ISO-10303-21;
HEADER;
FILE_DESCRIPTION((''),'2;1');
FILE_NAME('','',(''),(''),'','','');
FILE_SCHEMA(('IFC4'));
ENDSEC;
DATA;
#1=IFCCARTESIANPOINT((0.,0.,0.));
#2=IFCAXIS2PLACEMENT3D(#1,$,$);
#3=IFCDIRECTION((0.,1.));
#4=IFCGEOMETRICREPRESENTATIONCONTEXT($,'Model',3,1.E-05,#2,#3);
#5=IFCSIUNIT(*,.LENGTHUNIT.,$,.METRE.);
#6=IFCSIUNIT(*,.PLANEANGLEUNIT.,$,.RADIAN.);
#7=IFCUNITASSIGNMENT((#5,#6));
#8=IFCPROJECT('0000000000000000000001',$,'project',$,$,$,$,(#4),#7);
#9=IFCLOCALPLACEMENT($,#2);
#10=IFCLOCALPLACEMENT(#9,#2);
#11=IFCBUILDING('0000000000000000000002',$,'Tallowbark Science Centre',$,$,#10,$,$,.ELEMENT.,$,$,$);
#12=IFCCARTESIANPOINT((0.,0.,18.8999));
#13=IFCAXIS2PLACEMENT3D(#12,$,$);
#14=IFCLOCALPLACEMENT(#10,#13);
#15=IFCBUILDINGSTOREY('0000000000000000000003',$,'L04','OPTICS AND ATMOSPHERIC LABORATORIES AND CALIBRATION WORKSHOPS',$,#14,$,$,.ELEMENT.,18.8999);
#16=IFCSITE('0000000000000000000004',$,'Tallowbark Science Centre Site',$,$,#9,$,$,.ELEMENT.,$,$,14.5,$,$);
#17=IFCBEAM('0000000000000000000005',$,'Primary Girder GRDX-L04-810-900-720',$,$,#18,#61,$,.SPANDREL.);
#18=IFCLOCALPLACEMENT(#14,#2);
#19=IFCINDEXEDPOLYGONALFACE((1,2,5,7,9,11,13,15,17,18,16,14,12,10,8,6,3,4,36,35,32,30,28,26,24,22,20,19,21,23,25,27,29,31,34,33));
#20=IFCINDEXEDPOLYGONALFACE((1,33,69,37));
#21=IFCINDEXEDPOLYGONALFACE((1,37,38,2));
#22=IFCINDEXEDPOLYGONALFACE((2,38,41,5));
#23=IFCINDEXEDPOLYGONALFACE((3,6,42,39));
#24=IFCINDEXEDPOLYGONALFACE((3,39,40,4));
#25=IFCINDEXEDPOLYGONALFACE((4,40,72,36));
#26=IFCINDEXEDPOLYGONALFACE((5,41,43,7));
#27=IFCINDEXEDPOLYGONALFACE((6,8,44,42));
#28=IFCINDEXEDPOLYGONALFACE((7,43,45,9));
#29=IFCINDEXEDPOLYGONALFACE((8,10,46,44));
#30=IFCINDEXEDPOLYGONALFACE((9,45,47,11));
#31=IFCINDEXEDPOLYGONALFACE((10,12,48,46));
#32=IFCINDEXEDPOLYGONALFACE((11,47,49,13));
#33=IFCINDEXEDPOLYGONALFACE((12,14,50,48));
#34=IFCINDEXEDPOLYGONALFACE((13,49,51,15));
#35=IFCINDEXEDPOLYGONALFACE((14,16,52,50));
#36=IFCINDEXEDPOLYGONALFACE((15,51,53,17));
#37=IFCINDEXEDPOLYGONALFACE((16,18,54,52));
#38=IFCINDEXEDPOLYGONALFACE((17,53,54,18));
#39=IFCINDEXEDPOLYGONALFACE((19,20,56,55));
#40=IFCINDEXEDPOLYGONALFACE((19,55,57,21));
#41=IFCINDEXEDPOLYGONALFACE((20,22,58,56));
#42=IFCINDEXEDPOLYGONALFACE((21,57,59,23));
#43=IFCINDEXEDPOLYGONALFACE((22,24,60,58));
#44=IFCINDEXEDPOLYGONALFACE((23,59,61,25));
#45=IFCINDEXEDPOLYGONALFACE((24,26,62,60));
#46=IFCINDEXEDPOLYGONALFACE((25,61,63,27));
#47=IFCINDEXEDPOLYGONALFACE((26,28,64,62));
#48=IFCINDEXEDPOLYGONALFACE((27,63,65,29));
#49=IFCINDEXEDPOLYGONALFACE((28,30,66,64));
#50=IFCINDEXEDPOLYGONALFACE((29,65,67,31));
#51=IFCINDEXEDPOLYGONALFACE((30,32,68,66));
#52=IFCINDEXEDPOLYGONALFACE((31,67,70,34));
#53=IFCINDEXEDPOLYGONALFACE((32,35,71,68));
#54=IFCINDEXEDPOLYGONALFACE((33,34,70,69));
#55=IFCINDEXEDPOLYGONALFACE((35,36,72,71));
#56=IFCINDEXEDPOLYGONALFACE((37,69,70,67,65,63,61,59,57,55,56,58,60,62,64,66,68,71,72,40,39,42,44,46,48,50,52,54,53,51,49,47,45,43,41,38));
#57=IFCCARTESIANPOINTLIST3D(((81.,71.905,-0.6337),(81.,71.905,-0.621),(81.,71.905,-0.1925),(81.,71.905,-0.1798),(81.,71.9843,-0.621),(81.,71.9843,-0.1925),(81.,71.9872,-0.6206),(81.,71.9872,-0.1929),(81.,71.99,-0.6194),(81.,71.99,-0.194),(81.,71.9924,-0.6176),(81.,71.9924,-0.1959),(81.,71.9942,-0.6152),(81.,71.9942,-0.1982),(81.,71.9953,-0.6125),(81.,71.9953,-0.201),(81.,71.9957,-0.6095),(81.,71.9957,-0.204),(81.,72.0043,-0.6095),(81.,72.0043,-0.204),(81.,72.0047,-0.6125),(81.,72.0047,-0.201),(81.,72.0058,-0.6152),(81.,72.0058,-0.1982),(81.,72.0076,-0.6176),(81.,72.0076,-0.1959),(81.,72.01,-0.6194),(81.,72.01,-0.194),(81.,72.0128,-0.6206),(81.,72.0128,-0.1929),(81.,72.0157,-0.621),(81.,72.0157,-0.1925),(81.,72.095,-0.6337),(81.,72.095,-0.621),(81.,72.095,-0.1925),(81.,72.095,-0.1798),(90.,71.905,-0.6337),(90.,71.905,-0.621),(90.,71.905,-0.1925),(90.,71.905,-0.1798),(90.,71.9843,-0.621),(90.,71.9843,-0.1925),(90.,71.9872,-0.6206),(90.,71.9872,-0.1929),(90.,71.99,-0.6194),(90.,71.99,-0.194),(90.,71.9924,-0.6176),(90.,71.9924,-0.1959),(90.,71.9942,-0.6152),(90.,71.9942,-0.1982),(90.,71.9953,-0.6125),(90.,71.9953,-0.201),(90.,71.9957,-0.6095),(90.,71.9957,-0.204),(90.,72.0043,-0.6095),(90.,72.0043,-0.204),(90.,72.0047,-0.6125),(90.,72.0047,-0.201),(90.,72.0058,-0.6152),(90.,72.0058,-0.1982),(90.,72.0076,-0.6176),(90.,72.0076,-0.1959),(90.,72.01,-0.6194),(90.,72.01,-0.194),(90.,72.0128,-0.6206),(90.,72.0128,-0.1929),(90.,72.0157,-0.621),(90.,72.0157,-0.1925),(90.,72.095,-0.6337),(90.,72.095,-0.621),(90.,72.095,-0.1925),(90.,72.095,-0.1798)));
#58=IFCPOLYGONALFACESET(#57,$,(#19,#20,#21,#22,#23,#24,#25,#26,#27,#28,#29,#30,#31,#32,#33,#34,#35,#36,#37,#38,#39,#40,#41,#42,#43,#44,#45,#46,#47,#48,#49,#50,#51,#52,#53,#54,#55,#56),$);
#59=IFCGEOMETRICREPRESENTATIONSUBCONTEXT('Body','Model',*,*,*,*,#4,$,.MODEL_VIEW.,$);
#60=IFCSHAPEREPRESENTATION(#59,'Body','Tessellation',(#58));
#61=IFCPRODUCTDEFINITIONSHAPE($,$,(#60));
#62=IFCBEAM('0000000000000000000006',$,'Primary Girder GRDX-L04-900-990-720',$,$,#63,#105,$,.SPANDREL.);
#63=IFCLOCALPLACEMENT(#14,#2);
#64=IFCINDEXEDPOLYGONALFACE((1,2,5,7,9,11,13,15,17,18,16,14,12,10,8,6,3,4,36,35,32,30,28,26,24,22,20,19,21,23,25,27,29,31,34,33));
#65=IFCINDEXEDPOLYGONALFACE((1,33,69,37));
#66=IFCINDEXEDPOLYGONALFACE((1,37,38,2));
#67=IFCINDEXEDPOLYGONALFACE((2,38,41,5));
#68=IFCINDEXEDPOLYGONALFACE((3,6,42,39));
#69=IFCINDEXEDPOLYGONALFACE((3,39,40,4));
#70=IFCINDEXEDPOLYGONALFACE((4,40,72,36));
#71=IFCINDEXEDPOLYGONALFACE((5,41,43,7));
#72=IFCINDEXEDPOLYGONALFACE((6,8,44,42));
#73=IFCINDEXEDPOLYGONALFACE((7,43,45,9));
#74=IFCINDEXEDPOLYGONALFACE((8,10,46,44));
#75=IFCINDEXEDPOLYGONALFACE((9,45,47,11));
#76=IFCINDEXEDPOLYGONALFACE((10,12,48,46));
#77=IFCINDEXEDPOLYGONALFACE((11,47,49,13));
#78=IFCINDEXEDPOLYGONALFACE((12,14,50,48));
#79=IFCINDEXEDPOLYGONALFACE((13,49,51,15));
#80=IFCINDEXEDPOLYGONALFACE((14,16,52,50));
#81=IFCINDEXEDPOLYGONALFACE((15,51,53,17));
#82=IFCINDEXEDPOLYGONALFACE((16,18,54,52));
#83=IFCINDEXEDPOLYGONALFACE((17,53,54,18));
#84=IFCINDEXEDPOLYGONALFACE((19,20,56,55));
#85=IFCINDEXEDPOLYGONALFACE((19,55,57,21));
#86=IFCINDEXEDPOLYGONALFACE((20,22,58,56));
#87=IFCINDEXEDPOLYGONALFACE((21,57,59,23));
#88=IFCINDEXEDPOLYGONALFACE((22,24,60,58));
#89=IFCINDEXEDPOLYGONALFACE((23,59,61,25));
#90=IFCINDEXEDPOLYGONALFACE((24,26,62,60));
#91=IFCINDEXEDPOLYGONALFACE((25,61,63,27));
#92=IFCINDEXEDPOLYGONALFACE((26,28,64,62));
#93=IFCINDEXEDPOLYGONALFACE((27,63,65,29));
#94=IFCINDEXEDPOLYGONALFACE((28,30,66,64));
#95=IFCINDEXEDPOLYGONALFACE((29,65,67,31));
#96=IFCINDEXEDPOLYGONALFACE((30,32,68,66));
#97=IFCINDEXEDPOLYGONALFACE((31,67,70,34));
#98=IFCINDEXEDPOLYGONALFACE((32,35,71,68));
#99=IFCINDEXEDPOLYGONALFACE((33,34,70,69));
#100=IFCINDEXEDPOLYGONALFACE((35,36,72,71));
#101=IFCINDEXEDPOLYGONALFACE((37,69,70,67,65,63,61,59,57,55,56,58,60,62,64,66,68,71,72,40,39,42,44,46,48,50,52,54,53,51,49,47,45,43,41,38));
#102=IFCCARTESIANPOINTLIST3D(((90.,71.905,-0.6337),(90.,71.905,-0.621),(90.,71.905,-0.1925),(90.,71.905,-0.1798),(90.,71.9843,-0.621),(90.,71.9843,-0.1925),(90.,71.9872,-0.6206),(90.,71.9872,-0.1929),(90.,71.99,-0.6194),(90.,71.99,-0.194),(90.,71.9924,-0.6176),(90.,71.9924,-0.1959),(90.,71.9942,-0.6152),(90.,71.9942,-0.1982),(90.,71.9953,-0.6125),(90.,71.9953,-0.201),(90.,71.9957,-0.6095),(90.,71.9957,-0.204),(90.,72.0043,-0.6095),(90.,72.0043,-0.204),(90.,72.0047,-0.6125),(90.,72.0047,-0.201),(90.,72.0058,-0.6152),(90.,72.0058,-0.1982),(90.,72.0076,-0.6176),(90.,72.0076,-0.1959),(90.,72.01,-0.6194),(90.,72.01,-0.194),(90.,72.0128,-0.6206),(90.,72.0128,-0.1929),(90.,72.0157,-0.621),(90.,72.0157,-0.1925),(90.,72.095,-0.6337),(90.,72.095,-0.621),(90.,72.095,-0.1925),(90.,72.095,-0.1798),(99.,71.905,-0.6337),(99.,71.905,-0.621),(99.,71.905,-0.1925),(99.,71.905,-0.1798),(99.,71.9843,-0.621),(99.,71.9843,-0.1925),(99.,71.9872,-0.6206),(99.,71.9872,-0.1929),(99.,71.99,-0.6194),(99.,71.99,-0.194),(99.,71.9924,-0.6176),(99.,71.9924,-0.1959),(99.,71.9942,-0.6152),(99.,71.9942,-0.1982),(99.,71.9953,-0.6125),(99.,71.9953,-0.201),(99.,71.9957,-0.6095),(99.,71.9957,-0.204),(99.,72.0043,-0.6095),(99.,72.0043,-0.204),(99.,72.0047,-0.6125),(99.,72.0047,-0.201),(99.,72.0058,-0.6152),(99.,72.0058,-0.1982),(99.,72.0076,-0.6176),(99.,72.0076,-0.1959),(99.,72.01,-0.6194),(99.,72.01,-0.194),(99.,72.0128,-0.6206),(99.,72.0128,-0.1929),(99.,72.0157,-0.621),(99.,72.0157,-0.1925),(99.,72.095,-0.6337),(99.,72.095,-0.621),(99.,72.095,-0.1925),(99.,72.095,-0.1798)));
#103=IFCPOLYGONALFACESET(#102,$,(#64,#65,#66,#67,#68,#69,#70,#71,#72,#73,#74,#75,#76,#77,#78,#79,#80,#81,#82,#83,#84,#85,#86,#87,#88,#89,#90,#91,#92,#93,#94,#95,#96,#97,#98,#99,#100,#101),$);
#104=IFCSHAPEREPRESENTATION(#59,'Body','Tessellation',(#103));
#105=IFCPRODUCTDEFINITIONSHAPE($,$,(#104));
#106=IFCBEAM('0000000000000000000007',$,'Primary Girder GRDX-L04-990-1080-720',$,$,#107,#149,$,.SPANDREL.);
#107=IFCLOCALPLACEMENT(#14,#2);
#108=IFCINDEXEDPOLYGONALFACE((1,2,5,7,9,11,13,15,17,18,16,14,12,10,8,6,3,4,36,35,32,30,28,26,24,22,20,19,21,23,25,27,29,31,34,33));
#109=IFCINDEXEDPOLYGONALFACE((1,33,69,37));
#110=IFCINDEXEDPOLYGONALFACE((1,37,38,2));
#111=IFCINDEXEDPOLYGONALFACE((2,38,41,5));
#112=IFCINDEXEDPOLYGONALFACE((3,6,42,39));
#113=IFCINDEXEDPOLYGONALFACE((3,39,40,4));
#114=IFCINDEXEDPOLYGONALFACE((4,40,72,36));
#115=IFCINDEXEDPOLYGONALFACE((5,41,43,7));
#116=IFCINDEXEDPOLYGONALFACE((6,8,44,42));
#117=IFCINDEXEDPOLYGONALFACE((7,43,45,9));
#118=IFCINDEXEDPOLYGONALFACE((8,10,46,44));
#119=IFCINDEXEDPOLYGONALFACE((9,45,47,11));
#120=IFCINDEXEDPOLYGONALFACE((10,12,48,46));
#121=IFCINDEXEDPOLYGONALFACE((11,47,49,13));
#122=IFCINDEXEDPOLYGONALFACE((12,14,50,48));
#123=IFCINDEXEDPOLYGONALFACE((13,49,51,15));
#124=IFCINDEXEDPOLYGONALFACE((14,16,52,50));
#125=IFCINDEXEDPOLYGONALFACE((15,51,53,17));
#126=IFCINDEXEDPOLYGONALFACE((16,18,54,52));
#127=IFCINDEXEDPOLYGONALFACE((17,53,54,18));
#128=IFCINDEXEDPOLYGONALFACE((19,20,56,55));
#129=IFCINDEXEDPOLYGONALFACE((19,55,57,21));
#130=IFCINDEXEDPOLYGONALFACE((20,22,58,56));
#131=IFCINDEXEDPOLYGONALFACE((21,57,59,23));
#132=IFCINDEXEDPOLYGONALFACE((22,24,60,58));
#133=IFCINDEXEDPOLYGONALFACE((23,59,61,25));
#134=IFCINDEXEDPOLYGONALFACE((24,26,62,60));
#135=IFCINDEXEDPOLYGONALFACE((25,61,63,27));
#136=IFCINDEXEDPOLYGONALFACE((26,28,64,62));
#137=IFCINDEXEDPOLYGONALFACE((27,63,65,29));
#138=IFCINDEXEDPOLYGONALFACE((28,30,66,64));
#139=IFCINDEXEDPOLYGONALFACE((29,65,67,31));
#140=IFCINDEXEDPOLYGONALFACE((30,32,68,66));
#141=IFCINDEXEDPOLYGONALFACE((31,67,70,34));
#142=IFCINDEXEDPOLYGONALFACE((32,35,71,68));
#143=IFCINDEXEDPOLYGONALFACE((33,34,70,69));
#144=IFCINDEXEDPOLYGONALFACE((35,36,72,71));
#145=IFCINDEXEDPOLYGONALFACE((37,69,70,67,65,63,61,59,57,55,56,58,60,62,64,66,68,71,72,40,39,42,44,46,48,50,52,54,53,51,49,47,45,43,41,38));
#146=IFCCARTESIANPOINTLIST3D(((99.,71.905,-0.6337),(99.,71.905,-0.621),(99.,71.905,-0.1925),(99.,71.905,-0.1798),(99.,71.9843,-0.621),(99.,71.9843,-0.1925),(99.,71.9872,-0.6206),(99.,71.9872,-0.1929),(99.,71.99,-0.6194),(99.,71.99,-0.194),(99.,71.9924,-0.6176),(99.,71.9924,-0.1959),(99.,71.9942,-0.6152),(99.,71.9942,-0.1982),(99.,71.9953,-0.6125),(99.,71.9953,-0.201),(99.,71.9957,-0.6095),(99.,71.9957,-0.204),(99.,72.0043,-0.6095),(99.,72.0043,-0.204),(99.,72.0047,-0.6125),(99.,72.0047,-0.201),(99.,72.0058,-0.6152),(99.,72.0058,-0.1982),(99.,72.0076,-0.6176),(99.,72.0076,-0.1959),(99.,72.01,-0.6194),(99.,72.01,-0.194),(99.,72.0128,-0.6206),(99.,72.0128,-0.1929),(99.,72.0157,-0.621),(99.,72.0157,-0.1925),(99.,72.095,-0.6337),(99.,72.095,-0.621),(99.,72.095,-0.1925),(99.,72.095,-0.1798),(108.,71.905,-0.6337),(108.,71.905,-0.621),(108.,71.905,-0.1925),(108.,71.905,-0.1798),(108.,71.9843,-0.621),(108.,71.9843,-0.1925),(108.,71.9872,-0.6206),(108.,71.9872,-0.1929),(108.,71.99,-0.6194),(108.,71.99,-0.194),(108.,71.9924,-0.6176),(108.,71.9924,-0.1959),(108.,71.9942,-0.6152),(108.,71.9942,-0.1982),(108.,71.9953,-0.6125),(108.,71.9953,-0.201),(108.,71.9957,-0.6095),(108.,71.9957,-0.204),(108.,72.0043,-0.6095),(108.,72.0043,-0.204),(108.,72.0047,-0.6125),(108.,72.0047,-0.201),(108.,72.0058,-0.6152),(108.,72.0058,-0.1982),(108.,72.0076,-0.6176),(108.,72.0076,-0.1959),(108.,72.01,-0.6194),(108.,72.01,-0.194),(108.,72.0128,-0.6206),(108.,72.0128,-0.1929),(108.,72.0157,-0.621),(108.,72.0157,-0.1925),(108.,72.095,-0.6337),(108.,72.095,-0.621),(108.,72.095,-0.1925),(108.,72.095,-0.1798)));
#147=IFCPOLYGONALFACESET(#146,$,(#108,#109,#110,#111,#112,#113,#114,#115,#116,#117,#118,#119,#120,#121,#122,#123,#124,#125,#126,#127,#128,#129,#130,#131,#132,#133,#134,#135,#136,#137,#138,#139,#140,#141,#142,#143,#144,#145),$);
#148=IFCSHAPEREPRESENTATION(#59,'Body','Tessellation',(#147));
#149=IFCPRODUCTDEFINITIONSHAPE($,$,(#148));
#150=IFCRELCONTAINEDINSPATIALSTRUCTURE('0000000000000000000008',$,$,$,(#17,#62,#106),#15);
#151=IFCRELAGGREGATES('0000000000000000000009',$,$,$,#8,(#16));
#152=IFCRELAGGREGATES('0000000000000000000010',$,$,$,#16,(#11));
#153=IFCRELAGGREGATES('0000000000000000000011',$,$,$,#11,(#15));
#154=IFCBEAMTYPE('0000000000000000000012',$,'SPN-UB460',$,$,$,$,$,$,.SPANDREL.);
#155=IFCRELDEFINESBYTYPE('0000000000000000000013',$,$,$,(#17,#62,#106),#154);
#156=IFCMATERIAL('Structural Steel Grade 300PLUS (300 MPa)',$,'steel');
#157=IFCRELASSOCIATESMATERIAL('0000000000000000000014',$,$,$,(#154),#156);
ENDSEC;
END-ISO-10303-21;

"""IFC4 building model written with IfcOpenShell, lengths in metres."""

from ifc_helpers import new_model, si_unit, direction, frame, origin, origin_2d, place, context, subcontext, project, spatial, i_section, extrude, material, material_profile, profile_set, type_object, element, save


model = new_model("IFC4")

# Units and contexts
model_context = context("Model", 3, precision=1e-05, world=origin(), true_north=direction((0.0, 1.0)))
body_context = subcontext(model_context, "Body", "Model", "MODEL_VIEW")
ifc_project = project(units=[si_unit("LENGTHUNIT", "METRE"), si_unit("PLANEANGLEUNIT", "RADIAN")], contexts=[model_context])

# Site, building, storey
site_placement = place(None, origin())
site = spatial("IfcSite", under=ifc_project, at=site_placement, Name="Tallowbark Science Centre Site", CompositionType="ELEMENT", RefElevation=14.5)
building_placement = place(site_placement, origin())
building = spatial("IfcBuilding", under=site, at=building_placement, Name="Tallowbark Science Centre", CompositionType="ELEMENT")
storey_placement = place(building_placement, frame((0.0, 0.0, 18.8999)))
storey = spatial("IfcBuildingStorey", under=building, at=storey_placement, Name="L04", Description="OPTICS AND ATMOSPHERIC LABORATORIES AND CALIBRATION WORKSHOPS", CompositionType="ELEMENT", Elevation=18.8999)

# Shared definitions
ifc_material_1 = material(Name="Structural Steel Grade 300PLUS (300 MPa)", Category="steel")

# Beams
ifc_material_profile_1 = material_profile(ifc_material_1, i_section(OverallWidth=0.1899, OverallDepth=0.4539, WebThickness=0.0085, FlangeThickness=0.0127, FilletRadius=0.0115, at=origin_2d()), Name="460UB67.1")
ifc_profile_set_1 = profile_set([ifc_material_profile_1], Name="Structural Steel Grade 300PLUS (300 MPa)")
beam_type_1 = type_object("IfcBeamType", Name="SPN-UB460", PredefinedType="SPANDREL", material=ifc_profile_set_1)
for number, where, z_axis, x_axis, name in (
    (1, (81.0, 72.0, -0.4067), (1.0, 0.0, 0.0), (0.0, 1.0, 0.0), "Primary Girder GRDX-L04-810-900-720"),
    (2, (90.0, 72.0, -0.4067), (1.0, 0.0, 0.0), (0.0, 1.0, 0.0), "Primary Girder GRDX-L04-900-990-720"),
    (3, (99.0, 72.0, -0.4067), (1.0, 0.0, 0.0), (0.0, 1.0, 0.0), "Primary Girder GRDX-L04-990-1080-720"),
):
    element("IfcBeam", number, at=place(storey_placement, frame(where, z_axis=z_axis, x_axis=x_axis)), inside=storey, type_object=beam_type_1, Name=name, PredefinedType="SPANDREL", context=body_context, shape_type="SweptSolid", body=[
        extrude(i_section(OverallWidth=0.1899, OverallDepth=0.4539, WebThickness=0.0085, FlangeThickness=0.0127, FilletRadius=0.0115, at=origin_2d()), origin(), (0.0, 0.0, 1.0), 9.0),
    ])

save(model, "model.ifc")
